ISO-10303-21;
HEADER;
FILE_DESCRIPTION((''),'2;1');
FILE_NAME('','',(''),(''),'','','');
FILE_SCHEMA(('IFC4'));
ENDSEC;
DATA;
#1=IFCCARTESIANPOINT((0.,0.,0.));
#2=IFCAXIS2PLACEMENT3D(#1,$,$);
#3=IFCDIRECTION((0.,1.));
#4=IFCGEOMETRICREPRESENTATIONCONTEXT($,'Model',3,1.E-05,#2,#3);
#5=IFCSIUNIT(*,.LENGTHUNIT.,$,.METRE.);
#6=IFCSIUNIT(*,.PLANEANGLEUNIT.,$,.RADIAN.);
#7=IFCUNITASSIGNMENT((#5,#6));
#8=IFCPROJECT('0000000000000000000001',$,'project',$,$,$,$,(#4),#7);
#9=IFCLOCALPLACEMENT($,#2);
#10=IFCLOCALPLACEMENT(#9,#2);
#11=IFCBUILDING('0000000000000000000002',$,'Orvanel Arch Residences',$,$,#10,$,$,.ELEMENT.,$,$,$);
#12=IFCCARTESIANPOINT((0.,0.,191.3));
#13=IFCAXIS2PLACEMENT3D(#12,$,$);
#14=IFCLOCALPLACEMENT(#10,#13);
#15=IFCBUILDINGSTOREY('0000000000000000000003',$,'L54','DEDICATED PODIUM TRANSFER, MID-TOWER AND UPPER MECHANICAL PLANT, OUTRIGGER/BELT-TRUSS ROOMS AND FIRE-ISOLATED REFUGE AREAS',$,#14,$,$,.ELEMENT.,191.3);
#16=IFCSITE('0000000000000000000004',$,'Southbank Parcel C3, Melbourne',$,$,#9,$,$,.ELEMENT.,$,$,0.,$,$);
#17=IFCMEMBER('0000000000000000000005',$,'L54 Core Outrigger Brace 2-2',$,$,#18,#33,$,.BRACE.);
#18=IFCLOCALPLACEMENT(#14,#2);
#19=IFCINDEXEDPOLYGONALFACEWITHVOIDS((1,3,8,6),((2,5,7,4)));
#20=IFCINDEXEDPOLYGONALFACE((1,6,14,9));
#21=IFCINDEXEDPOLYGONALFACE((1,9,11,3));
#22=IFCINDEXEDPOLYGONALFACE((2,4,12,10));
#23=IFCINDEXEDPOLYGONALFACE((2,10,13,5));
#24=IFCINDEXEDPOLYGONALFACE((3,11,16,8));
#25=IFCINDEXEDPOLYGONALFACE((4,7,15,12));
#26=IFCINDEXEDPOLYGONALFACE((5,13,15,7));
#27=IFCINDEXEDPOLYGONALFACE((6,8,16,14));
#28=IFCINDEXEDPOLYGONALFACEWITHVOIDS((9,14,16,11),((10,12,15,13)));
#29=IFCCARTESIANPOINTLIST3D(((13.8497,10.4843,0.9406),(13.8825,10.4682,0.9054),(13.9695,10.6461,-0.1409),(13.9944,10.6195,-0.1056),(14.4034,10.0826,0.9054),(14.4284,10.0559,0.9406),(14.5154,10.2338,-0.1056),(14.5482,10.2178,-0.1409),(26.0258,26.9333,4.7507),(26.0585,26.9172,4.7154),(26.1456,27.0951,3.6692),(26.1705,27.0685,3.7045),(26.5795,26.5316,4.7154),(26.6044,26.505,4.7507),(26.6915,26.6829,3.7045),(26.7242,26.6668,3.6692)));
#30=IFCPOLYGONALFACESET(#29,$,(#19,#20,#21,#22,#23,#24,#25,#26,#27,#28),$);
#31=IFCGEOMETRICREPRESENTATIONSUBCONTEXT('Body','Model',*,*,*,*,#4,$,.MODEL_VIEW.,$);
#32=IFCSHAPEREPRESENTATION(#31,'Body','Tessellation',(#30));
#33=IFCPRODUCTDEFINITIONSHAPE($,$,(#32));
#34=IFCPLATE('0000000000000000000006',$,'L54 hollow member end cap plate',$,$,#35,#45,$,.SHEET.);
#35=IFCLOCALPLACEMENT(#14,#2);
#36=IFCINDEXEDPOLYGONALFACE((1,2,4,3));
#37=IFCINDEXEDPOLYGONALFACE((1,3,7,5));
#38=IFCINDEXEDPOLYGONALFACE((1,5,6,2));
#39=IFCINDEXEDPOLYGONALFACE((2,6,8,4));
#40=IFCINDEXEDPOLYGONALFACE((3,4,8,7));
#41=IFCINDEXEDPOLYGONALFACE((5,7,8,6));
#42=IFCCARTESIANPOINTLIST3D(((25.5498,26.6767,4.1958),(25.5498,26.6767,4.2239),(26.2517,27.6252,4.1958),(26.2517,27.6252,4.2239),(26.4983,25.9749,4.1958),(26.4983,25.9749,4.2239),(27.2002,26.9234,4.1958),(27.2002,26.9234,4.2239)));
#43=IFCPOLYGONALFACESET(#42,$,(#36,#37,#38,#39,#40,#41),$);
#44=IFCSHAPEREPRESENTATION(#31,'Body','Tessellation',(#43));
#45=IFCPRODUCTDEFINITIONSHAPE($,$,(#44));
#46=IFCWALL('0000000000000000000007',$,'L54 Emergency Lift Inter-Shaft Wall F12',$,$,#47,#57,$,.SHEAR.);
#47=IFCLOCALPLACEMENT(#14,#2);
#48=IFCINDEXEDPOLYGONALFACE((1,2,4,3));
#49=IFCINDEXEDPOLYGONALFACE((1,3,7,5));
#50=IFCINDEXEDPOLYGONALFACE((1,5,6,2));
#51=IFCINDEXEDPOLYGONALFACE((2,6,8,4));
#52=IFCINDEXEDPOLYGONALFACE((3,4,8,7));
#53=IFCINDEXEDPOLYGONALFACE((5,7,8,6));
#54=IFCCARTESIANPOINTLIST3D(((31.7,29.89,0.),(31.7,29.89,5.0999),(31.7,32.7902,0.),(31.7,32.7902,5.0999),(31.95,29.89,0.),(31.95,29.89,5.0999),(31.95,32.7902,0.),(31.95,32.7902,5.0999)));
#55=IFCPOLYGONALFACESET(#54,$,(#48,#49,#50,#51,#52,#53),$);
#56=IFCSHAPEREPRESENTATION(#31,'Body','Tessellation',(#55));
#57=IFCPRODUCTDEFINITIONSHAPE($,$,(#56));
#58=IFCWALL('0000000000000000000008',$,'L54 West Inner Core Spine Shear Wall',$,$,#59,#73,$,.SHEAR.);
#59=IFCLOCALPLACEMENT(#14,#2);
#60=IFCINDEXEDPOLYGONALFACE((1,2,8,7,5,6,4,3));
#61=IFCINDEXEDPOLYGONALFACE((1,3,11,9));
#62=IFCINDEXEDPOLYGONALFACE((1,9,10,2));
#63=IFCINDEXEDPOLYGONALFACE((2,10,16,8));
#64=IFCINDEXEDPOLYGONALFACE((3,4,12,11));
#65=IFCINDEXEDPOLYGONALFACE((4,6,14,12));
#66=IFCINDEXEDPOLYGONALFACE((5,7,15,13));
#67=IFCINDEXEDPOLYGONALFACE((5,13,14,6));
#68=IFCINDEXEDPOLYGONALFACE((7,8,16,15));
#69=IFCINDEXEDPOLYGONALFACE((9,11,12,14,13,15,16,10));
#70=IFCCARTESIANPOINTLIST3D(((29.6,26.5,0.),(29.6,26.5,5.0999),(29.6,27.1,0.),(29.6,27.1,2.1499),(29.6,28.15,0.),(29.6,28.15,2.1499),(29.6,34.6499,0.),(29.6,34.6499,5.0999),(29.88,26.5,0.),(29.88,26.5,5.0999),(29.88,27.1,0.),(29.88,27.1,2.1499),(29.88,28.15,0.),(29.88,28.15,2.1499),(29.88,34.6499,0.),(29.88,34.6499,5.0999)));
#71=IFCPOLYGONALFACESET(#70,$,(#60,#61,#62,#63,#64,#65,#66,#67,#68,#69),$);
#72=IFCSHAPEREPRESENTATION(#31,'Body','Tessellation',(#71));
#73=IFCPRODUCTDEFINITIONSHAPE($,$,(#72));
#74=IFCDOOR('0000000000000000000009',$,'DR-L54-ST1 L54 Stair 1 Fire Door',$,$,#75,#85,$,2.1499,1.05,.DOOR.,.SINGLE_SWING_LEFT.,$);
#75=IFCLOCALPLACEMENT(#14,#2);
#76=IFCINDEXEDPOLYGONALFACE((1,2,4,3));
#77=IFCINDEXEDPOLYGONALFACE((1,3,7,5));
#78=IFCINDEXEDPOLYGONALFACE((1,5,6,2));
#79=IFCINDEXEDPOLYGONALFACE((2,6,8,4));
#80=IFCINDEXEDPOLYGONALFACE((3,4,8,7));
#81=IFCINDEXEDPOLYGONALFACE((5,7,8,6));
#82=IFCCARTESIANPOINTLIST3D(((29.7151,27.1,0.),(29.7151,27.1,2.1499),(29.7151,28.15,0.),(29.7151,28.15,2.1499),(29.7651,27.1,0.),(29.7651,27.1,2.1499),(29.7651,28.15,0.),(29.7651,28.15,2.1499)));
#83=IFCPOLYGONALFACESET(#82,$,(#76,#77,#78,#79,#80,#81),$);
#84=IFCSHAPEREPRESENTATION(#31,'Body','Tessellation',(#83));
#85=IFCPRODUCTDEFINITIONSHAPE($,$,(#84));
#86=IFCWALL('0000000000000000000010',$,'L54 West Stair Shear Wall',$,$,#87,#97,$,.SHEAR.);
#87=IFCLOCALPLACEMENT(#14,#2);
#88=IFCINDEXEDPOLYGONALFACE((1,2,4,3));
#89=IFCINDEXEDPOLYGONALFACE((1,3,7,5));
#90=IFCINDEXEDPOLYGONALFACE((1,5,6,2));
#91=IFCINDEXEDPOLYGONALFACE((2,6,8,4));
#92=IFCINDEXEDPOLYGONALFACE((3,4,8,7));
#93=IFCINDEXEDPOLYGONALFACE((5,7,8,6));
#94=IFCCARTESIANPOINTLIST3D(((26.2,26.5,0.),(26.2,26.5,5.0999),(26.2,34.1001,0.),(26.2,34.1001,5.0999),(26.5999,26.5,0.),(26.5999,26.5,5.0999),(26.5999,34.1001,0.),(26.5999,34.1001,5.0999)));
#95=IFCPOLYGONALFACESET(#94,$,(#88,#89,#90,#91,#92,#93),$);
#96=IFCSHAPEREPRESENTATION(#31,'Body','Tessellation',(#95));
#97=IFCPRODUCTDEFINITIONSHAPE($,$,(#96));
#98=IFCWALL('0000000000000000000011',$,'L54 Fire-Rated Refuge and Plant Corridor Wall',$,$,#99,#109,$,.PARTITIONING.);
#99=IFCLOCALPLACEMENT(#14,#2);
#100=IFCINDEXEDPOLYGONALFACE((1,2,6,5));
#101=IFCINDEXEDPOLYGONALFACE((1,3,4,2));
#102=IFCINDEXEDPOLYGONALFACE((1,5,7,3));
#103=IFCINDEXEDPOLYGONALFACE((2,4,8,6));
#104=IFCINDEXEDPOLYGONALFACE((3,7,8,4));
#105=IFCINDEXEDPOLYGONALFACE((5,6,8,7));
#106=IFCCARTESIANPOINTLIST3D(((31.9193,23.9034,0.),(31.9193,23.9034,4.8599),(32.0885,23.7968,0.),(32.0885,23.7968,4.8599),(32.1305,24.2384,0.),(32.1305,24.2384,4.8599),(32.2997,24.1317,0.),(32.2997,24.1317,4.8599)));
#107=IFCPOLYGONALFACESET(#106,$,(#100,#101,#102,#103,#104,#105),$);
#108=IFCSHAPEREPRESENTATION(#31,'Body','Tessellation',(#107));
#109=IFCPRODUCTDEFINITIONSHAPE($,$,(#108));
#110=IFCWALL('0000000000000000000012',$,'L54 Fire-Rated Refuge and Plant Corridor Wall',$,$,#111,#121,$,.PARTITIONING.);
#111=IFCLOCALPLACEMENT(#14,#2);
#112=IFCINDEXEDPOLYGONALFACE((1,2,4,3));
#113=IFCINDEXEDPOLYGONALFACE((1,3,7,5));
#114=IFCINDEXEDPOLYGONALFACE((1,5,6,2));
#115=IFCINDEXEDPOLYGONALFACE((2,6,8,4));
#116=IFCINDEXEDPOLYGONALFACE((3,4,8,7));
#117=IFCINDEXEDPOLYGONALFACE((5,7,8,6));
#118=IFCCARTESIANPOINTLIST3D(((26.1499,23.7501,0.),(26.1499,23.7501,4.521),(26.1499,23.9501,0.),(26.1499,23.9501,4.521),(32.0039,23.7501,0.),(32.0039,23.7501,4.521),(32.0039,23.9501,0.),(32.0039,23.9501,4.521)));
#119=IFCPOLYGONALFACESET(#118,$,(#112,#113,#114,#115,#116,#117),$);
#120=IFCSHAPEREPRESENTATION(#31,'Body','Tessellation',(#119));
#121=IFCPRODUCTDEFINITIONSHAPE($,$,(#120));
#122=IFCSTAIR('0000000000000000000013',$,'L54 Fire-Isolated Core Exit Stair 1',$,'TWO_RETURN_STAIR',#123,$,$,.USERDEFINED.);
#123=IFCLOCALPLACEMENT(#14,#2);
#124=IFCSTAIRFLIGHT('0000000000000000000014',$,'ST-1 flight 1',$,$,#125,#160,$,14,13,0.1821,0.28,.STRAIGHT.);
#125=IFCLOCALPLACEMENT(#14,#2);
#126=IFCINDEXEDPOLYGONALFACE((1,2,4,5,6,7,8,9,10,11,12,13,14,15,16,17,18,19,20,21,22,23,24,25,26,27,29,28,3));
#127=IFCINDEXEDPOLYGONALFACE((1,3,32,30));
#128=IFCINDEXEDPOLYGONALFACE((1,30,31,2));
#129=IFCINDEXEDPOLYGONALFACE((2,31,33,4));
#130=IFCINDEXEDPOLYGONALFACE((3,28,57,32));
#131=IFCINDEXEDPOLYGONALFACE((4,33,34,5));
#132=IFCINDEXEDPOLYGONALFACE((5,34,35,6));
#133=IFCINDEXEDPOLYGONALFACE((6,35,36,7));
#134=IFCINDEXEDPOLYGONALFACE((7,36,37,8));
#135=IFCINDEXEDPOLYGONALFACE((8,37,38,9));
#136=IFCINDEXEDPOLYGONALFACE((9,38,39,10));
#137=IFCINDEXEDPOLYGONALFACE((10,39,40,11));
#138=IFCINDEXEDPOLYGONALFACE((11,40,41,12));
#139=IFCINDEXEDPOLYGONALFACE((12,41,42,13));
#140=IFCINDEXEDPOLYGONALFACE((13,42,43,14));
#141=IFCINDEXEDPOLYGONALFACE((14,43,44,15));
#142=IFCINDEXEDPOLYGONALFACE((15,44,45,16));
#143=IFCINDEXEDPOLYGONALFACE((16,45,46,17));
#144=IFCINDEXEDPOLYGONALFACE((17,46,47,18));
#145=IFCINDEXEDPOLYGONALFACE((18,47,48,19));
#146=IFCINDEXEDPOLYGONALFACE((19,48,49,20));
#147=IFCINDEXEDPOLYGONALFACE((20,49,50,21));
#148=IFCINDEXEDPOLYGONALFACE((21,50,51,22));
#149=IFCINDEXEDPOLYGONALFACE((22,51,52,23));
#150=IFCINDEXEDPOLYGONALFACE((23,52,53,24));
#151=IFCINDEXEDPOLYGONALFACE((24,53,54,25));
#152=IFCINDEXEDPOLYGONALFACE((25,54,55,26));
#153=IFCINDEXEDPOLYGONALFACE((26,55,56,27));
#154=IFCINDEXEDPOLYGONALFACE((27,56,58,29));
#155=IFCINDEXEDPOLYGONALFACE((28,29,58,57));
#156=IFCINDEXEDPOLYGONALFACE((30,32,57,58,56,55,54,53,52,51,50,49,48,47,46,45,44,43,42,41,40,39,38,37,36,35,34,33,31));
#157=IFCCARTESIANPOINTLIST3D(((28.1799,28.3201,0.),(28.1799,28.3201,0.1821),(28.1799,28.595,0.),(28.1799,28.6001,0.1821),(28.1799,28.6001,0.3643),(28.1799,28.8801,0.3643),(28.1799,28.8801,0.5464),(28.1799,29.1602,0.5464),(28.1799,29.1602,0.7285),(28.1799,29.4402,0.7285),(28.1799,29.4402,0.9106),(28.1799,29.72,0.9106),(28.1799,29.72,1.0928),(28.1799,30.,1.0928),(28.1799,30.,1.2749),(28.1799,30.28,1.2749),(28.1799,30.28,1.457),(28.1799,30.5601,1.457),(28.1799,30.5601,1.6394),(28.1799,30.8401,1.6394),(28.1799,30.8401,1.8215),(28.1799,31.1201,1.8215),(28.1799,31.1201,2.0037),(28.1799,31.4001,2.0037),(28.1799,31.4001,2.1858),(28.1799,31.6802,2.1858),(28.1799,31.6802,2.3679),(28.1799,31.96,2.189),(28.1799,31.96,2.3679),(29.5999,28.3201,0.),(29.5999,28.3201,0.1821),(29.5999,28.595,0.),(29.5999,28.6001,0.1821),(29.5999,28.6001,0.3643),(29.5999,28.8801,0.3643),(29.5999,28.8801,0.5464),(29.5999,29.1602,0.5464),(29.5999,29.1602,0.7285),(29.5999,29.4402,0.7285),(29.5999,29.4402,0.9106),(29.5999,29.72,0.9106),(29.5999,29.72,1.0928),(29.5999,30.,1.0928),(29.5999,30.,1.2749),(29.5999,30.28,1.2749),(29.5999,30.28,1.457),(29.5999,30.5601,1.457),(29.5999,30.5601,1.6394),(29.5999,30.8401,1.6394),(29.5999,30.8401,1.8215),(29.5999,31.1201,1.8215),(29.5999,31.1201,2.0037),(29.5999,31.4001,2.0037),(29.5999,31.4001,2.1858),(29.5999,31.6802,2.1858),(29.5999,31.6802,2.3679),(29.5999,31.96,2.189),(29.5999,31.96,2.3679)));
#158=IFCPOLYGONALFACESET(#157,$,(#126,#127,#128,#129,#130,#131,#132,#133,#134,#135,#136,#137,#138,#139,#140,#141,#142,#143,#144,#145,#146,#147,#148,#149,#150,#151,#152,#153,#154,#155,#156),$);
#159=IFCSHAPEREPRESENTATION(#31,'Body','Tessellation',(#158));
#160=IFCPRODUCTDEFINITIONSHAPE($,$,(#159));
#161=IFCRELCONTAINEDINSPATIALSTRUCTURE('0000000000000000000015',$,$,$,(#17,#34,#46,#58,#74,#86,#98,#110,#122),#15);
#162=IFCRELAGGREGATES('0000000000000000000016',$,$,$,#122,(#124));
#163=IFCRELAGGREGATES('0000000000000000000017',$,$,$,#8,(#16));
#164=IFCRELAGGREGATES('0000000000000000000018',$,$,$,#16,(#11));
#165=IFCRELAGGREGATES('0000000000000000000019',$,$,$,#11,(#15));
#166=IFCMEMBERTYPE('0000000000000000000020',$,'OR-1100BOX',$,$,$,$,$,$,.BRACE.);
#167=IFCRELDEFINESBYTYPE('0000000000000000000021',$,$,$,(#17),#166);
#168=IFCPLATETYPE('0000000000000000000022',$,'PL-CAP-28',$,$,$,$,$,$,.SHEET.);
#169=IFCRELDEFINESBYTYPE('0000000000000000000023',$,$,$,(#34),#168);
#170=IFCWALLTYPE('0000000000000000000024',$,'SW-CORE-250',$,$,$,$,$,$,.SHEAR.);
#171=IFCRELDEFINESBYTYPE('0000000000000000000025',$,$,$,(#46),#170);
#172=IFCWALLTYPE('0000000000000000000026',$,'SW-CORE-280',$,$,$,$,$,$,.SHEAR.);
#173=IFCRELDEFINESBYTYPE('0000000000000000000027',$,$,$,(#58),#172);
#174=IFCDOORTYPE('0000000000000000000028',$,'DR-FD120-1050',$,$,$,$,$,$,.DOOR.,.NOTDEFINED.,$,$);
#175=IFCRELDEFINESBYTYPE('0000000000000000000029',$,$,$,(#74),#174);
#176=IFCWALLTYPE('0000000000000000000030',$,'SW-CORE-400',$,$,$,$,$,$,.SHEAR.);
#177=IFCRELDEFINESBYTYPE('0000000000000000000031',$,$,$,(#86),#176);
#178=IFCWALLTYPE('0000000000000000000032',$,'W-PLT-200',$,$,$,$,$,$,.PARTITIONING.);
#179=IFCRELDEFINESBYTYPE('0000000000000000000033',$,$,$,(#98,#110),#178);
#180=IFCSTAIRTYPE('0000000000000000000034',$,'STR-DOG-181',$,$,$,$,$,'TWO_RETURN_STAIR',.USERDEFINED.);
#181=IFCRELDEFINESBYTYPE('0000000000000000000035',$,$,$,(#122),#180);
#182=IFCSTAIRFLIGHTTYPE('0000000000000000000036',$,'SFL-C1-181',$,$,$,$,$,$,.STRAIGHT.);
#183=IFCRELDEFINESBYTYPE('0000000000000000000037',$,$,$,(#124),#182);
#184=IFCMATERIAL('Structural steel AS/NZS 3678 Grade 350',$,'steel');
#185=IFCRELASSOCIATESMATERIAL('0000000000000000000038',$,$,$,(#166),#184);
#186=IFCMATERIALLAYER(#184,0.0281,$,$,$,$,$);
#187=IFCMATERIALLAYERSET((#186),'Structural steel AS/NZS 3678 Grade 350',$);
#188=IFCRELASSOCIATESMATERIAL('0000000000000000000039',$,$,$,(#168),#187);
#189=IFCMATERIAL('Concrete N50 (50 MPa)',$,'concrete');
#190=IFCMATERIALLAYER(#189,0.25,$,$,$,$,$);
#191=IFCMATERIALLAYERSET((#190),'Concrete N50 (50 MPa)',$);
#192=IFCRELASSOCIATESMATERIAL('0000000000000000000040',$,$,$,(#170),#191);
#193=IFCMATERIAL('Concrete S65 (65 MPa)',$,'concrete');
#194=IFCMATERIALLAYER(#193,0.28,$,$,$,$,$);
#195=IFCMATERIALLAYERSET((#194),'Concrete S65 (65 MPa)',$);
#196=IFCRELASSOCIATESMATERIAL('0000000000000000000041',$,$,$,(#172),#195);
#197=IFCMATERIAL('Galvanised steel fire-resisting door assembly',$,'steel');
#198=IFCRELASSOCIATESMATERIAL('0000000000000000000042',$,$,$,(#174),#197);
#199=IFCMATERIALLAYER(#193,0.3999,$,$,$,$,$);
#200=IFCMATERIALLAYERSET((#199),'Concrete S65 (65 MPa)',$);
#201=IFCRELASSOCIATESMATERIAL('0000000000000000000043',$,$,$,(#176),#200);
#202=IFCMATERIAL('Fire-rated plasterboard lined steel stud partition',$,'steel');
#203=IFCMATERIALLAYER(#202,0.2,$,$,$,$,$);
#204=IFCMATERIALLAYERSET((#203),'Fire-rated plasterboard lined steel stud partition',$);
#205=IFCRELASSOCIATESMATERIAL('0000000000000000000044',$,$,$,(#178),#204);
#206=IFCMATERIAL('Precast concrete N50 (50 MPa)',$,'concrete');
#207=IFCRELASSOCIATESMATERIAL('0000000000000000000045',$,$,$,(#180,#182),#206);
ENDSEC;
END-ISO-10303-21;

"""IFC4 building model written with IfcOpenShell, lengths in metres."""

from ifc_helpers import new_model, si_unit, direction, frame, frame_2d, origin, origin_2d, place, context, subcontext, project, spatial, polyline, rectangle, hollow_rectangle, outline, extrude, material, layer, layer_set, material_profile, profile_set, type_object, element, fill, aggregate, save


model = new_model("IFC4")

# Units and contexts
model_context = context("Model", 3, precision=1e-05, world=origin(), true_north=direction((0.0, 1.0)))
body_context = subcontext(model_context, "Body", "Model", "MODEL_VIEW")
ifc_project = project(units=[si_unit("LENGTHUNIT", "METRE"), si_unit("PLANEANGLEUNIT", "RADIAN")], contexts=[model_context])

# Site, building, storey
site_placement = place(None, origin())
site = spatial("IfcSite", under=ifc_project, at=site_placement, Name="Southbank Parcel C3, Melbourne", CompositionType="ELEMENT", RefElevation=0.0)
building_placement = place(site_placement, origin())
building = spatial("IfcBuilding", under=site, at=building_placement, Name="Orvanel Arch Residences", CompositionType="ELEMENT")
storey_placement = place(building_placement, frame((0.0, 0.0, 191.3)))
storey = spatial("IfcBuildingStorey", under=building, at=storey_placement, Name="L54", Description="DEDICATED PODIUM TRANSFER, MID-TOWER AND UPPER MECHANICAL PLANT, OUTRIGGER/BELT-TRUSS ROOMS AND FIRE-ISOLATED REFUGE AREAS", CompositionType="ELEMENT", Elevation=191.3)

# Member
ifc_material_1 = material(Name="Structural steel AS/NZS 3678 Grade 350", Category="steel")
ifc_material_profile_1 = material_profile(ifc_material_1, hollow_rectangle(XDim=0.72, YDim=1.1001, WallThickness=0.0359, at=origin_2d()), Name="BOX1100x720x36")
ifc_profile_set_1 = profile_set([ifc_material_profile_1], Name="Structural steel AS/NZS 3678 Grade 350")
member_type = type_object("IfcMemberType", Name="OR-1100BOX", PredefinedType="BRACE", material=ifc_profile_set_1)
member_placement = place(storey_placement, frame((26.375, 26.8, 4.21), z_axis=(-0.584912, -0.790176, -0.183028), x_axis=(0.803753, -0.594962, 0.0)))
element("IfcMember", 1, at=member_placement, inside=storey, type_object=member_type, Name="L54 Core Outrigger Brace 2-2", PredefinedType="BRACE", context=body_context, shape_type="SweptSolid", body=[
    extrude(hollow_rectangle(XDim=0.72, YDim=1.1001, WallThickness=0.0359, at=origin_2d()), origin(), (0.0, 0.0, 1.0), 20.8169),
])

# Plate
ifc_layer_1 = layer(ifc_material_1, 0.0281)
ifc_layer_set_1 = layer_set([ifc_layer_1], Name="Structural steel AS/NZS 3678 Grade 350")
plate_type = type_object("IfcPlateType", Name="PL-CAP-28", PredefinedType="SHEET", material=ifc_layer_set_1)
plate_placement = place(storey_placement, frame((26.375, 26.8, 4.1958), z_axis=(0.0, 0.0, 1.0), x_axis=(0.594823, 0.803857, 0.0)))
element("IfcPlate", 2, at=plate_placement, inside=storey, type_object=plate_type, Name="L54 hollow member end cap plate", PredefinedType="SHEET", context=body_context, shape_type="SweptSolid", body=[
    extrude(rectangle(XDim=1.1799, YDim=1.1799, at=origin_2d()), origin(), (0.0, 0.0, 1.0), 0.0281),
])

# Wall
ifc_material_2 = material(Name="Concrete N50 (50 MPa)", Category="concrete")
ifc_layer_2 = layer(ifc_material_2, 0.25)
ifc_layer_set_2 = layer_set([ifc_layer_2], Name="Concrete N50 (50 MPa)")
wall_type_1 = type_object("IfcWallType", Name="SW-CORE-250", PredefinedType="SHEAR", material=ifc_layer_set_2)
wall_1_placement = place(storey_placement, frame((31.825, 29.8899, 0.0), z_axis=(0.0, 0.0, 1.0), x_axis=(0.0, 1.0, 0.0)))
element("IfcWall", 3, at=wall_1_placement, inside=storey, type_object=wall_type_1, Name="L54 Emergency Lift Inter-Shaft Wall F12", PredefinedType="SHEAR", context=body_context, shape_type="SweptSolid", body=[
    extrude(rectangle(XDim=2.9001, YDim=0.25, at=frame_2d((1.4502, 0.0))), origin(), (0.0, 0.0, 1.0), 5.0999),
])

# Wall, opening, door
ifc_material_3 = material(Name="Concrete S65 (65 MPa)", Category="concrete")
ifc_layer_3 = layer(ifc_material_3, 0.28)
ifc_layer_set_3 = layer_set([ifc_layer_3], Name="Concrete S65 (65 MPa)")
wall_type_2 = type_object("IfcWallType", Name="SW-CORE-280", PredefinedType="SHEAR", material=ifc_layer_set_3)
wall_2_placement = place(storey_placement, frame((29.74, 26.5, 0.0), z_axis=(0.0, 0.0, 1.0), x_axis=(0.0, 1.0, 0.0)))
wall_2 = element("IfcWall", 4, at=wall_2_placement, inside=storey, type_object=wall_type_2, Name="L54 West Inner Core Spine Shear Wall", PredefinedType="SHEAR", context=body_context, shape_type="SweptSolid", body=[
    extrude(rectangle(XDim=8.1499, YDim=0.28, at=frame_2d((4.075, 0.0))), origin(), (0.0, 0.0, 1.0), 5.0999),
])
opening_placement = place(wall_2_placement, frame((0.6001, 0.0, 0.0)))
opening = element("IfcOpeningElement", 5, at=opening_placement, cuts=wall_2, PredefinedType="OPENING", context=body_context, shape_type="SweptSolid", body=[
    extrude(rectangle(XDim=1.05, YDim=2.1499, at=frame_2d((0.5249, 1.075))), frame((0.0, 0.1499, 0.0), z_axis=(0.0, -1.0, 0.0), x_axis=(1.0, 0.0, 0.0)), (0.0, 0.0, 1.0), 0.3),
])
ifc_material_4 = material(Name="Galvanised steel fire-resisting door assembly", Category="steel")
door_type = type_object("IfcDoorType", Name="DR-FD120-1050", OperationType="NOTDEFINED", PredefinedType="DOOR", material=ifc_material_4)
door_placement = place(opening_placement, origin())
door = element("IfcDoor", 6, at=door_placement, inside=storey, type_object=door_type, Name="DR-L54-ST1 L54 Stair 1 Fire Door", OperationType="SINGLE_SWING_LEFT", OverallHeight=2.1499, OverallWidth=1.05, PredefinedType="DOOR", context=body_context, shape_type="SweptSolid", body=[
    extrude(rectangle(XDim=1.05, YDim=2.1499, at=frame_2d((0.5249, 1.075))), frame((0.0, 0.0249, 0.0), z_axis=(0.0, -1.0, 0.0), x_axis=(1.0, 0.0, 0.0)), (0.0, 0.0, 1.0), 0.05),
])
fill(opening, door)

# Walls
ifc_layer_4 = layer(ifc_material_3, 0.3999)
ifc_layer_set_4 = layer_set([ifc_layer_4], Name="Concrete S65 (65 MPa)")
wall_type_3 = type_object("IfcWallType", Name="SW-CORE-400", PredefinedType="SHEAR", material=ifc_layer_set_4)
wall_3_placement = place(storey_placement, frame((26.3999, 26.5, 0.0), z_axis=(0.0, 0.0, 1.0), x_axis=(0.0, 1.0, 0.0)))
element("IfcWall", 7, at=wall_3_placement, inside=storey, type_object=wall_type_3, Name="L54 West Stair Shear Wall", PredefinedType="SHEAR", context=body_context, shape_type="SweptSolid", body=[
    extrude(rectangle(XDim=7.6001, YDim=0.3999, at=frame_2d((3.8, 0.0))), origin(), (0.0, 0.0, 1.0), 5.0999),
])
ifc_material_5 = material(Name="Fire-rated plasterboard lined steel stud partition", Category="steel")
ifc_layer_5 = layer(ifc_material_5, 0.2)
ifc_layer_set_5 = layer_set([ifc_layer_5], Name="Fire-rated plasterboard lined steel stud partition")
wall_type_4 = type_object("IfcWallType", Name="W-PLT-200", PredefinedType="PARTITIONING", material=ifc_layer_set_5)
wall_4_placement = place(storey_placement, frame((32.2151, 24.1851, 0.0), z_axis=(0.0, 0.0, 1.0), x_axis=(-0.53332, -0.845914, 0.0)))
element("IfcWall", 8, at=wall_4_placement, inside=storey, type_object=wall_type_4, Name="L54 Fire-Rated Refuge and Plant Corridor Wall", PredefinedType="PARTITIONING", context=body_context, shape_type="SweptSolid", body=[
    extrude(rectangle(XDim=0.396, YDim=0.2, at=frame_2d((0.198, 0.0))), origin(), (0.0, 0.0, 1.0), 4.8599),
])
wall_5_placement = place(storey_placement, frame((32.0039, 23.8501, 0.0), z_axis=(0.0, 0.0, 1.0), x_axis=(-1.0, 0.0, 0.0)))
element("IfcWall", 9, at=wall_5_placement, inside=storey, type_object=wall_type_4, Name="L54 Fire-Rated Refuge and Plant Corridor Wall", PredefinedType="PARTITIONING", context=body_context, shape_type="SweptSolid", body=[
    extrude(rectangle(XDim=5.854, YDim=0.2, at=frame_2d((2.927, 0.0))), origin(), (0.0, 0.0, 1.0), 4.521),
])

# Stair, stair flight
ifc_material_6 = material(Name="Precast concrete N50 (50 MPa)", Category="concrete")
stair_type = type_object("IfcStairType", Name="STR-DOG-181", ElementType="TWO_RETURN_STAIR", PredefinedType="USERDEFINED", material=ifc_material_6)
stair_placement = place(storey_placement, origin())
stair = element("IfcStair", 10, at=stair_placement, inside=storey, type_object=stair_type, Name="L54 Fire-Isolated Core Exit Stair 1", ObjectType="TWO_RETURN_STAIR", PredefinedType="USERDEFINED")
stair_flight_type = type_object("IfcStairFlightType", Name="SFL-C1-181", PredefinedType="STRAIGHT", material=ifc_material_6)
stair_flight_placement = place(storey_placement, frame((28.8899, 28.3201, 0.0), z_axis=(0.0, 0.0, 1.0), x_axis=(0.0, 1.0, 0.0)))
stair_flight = element("IfcStairFlight", 11, at=stair_flight_placement, type_object=stair_flight_type, Name="ST-1 flight 1", NumberOfRisers=14, NumberOfTreads=13, PredefinedType="STRAIGHT", RiserHeight=0.1821, TreadLength=0.28, context=body_context, shape_type="SweptSolid", body=[
    extrude(outline(polyline([(0.0, 0.0), (0.0, 0.1821), (0.28, 0.1821), (0.28, 0.3643), (0.5601, 0.3643), (0.5601, 0.5464), (0.8401, 0.5464), (0.8401, 0.7285), (1.1201, 0.7285), (1.1201, 0.9106), (1.3999, 0.9106), (1.3999, 1.0928), (1.6799, 1.0928), (1.6799, 1.2749), (1.96, 1.2749), (1.96, 1.457), (2.24, 1.457), (2.24, 1.6394), (2.52, 1.6394), (2.52, 1.8215), (2.8, 1.8215), (2.8, 2.0037), (3.0801, 2.0037), (3.0801, 2.1858), (3.3601, 2.1858), (3.3601, 2.3679), (3.6399, 2.3679), (3.6399, 2.55), (3.6399, 2.189), (0.2749, 0.0), (0.0, 0.0)])), frame((0.0, 0.71, 0.0), z_axis=(0.0, -1.0, 0.0), x_axis=(1.0, 0.0, 0.0)), (0.0, 0.0, 1.0), 1.4199),
])
aggregate(stair, [stair_flight])

save(model, "model.ifc")
